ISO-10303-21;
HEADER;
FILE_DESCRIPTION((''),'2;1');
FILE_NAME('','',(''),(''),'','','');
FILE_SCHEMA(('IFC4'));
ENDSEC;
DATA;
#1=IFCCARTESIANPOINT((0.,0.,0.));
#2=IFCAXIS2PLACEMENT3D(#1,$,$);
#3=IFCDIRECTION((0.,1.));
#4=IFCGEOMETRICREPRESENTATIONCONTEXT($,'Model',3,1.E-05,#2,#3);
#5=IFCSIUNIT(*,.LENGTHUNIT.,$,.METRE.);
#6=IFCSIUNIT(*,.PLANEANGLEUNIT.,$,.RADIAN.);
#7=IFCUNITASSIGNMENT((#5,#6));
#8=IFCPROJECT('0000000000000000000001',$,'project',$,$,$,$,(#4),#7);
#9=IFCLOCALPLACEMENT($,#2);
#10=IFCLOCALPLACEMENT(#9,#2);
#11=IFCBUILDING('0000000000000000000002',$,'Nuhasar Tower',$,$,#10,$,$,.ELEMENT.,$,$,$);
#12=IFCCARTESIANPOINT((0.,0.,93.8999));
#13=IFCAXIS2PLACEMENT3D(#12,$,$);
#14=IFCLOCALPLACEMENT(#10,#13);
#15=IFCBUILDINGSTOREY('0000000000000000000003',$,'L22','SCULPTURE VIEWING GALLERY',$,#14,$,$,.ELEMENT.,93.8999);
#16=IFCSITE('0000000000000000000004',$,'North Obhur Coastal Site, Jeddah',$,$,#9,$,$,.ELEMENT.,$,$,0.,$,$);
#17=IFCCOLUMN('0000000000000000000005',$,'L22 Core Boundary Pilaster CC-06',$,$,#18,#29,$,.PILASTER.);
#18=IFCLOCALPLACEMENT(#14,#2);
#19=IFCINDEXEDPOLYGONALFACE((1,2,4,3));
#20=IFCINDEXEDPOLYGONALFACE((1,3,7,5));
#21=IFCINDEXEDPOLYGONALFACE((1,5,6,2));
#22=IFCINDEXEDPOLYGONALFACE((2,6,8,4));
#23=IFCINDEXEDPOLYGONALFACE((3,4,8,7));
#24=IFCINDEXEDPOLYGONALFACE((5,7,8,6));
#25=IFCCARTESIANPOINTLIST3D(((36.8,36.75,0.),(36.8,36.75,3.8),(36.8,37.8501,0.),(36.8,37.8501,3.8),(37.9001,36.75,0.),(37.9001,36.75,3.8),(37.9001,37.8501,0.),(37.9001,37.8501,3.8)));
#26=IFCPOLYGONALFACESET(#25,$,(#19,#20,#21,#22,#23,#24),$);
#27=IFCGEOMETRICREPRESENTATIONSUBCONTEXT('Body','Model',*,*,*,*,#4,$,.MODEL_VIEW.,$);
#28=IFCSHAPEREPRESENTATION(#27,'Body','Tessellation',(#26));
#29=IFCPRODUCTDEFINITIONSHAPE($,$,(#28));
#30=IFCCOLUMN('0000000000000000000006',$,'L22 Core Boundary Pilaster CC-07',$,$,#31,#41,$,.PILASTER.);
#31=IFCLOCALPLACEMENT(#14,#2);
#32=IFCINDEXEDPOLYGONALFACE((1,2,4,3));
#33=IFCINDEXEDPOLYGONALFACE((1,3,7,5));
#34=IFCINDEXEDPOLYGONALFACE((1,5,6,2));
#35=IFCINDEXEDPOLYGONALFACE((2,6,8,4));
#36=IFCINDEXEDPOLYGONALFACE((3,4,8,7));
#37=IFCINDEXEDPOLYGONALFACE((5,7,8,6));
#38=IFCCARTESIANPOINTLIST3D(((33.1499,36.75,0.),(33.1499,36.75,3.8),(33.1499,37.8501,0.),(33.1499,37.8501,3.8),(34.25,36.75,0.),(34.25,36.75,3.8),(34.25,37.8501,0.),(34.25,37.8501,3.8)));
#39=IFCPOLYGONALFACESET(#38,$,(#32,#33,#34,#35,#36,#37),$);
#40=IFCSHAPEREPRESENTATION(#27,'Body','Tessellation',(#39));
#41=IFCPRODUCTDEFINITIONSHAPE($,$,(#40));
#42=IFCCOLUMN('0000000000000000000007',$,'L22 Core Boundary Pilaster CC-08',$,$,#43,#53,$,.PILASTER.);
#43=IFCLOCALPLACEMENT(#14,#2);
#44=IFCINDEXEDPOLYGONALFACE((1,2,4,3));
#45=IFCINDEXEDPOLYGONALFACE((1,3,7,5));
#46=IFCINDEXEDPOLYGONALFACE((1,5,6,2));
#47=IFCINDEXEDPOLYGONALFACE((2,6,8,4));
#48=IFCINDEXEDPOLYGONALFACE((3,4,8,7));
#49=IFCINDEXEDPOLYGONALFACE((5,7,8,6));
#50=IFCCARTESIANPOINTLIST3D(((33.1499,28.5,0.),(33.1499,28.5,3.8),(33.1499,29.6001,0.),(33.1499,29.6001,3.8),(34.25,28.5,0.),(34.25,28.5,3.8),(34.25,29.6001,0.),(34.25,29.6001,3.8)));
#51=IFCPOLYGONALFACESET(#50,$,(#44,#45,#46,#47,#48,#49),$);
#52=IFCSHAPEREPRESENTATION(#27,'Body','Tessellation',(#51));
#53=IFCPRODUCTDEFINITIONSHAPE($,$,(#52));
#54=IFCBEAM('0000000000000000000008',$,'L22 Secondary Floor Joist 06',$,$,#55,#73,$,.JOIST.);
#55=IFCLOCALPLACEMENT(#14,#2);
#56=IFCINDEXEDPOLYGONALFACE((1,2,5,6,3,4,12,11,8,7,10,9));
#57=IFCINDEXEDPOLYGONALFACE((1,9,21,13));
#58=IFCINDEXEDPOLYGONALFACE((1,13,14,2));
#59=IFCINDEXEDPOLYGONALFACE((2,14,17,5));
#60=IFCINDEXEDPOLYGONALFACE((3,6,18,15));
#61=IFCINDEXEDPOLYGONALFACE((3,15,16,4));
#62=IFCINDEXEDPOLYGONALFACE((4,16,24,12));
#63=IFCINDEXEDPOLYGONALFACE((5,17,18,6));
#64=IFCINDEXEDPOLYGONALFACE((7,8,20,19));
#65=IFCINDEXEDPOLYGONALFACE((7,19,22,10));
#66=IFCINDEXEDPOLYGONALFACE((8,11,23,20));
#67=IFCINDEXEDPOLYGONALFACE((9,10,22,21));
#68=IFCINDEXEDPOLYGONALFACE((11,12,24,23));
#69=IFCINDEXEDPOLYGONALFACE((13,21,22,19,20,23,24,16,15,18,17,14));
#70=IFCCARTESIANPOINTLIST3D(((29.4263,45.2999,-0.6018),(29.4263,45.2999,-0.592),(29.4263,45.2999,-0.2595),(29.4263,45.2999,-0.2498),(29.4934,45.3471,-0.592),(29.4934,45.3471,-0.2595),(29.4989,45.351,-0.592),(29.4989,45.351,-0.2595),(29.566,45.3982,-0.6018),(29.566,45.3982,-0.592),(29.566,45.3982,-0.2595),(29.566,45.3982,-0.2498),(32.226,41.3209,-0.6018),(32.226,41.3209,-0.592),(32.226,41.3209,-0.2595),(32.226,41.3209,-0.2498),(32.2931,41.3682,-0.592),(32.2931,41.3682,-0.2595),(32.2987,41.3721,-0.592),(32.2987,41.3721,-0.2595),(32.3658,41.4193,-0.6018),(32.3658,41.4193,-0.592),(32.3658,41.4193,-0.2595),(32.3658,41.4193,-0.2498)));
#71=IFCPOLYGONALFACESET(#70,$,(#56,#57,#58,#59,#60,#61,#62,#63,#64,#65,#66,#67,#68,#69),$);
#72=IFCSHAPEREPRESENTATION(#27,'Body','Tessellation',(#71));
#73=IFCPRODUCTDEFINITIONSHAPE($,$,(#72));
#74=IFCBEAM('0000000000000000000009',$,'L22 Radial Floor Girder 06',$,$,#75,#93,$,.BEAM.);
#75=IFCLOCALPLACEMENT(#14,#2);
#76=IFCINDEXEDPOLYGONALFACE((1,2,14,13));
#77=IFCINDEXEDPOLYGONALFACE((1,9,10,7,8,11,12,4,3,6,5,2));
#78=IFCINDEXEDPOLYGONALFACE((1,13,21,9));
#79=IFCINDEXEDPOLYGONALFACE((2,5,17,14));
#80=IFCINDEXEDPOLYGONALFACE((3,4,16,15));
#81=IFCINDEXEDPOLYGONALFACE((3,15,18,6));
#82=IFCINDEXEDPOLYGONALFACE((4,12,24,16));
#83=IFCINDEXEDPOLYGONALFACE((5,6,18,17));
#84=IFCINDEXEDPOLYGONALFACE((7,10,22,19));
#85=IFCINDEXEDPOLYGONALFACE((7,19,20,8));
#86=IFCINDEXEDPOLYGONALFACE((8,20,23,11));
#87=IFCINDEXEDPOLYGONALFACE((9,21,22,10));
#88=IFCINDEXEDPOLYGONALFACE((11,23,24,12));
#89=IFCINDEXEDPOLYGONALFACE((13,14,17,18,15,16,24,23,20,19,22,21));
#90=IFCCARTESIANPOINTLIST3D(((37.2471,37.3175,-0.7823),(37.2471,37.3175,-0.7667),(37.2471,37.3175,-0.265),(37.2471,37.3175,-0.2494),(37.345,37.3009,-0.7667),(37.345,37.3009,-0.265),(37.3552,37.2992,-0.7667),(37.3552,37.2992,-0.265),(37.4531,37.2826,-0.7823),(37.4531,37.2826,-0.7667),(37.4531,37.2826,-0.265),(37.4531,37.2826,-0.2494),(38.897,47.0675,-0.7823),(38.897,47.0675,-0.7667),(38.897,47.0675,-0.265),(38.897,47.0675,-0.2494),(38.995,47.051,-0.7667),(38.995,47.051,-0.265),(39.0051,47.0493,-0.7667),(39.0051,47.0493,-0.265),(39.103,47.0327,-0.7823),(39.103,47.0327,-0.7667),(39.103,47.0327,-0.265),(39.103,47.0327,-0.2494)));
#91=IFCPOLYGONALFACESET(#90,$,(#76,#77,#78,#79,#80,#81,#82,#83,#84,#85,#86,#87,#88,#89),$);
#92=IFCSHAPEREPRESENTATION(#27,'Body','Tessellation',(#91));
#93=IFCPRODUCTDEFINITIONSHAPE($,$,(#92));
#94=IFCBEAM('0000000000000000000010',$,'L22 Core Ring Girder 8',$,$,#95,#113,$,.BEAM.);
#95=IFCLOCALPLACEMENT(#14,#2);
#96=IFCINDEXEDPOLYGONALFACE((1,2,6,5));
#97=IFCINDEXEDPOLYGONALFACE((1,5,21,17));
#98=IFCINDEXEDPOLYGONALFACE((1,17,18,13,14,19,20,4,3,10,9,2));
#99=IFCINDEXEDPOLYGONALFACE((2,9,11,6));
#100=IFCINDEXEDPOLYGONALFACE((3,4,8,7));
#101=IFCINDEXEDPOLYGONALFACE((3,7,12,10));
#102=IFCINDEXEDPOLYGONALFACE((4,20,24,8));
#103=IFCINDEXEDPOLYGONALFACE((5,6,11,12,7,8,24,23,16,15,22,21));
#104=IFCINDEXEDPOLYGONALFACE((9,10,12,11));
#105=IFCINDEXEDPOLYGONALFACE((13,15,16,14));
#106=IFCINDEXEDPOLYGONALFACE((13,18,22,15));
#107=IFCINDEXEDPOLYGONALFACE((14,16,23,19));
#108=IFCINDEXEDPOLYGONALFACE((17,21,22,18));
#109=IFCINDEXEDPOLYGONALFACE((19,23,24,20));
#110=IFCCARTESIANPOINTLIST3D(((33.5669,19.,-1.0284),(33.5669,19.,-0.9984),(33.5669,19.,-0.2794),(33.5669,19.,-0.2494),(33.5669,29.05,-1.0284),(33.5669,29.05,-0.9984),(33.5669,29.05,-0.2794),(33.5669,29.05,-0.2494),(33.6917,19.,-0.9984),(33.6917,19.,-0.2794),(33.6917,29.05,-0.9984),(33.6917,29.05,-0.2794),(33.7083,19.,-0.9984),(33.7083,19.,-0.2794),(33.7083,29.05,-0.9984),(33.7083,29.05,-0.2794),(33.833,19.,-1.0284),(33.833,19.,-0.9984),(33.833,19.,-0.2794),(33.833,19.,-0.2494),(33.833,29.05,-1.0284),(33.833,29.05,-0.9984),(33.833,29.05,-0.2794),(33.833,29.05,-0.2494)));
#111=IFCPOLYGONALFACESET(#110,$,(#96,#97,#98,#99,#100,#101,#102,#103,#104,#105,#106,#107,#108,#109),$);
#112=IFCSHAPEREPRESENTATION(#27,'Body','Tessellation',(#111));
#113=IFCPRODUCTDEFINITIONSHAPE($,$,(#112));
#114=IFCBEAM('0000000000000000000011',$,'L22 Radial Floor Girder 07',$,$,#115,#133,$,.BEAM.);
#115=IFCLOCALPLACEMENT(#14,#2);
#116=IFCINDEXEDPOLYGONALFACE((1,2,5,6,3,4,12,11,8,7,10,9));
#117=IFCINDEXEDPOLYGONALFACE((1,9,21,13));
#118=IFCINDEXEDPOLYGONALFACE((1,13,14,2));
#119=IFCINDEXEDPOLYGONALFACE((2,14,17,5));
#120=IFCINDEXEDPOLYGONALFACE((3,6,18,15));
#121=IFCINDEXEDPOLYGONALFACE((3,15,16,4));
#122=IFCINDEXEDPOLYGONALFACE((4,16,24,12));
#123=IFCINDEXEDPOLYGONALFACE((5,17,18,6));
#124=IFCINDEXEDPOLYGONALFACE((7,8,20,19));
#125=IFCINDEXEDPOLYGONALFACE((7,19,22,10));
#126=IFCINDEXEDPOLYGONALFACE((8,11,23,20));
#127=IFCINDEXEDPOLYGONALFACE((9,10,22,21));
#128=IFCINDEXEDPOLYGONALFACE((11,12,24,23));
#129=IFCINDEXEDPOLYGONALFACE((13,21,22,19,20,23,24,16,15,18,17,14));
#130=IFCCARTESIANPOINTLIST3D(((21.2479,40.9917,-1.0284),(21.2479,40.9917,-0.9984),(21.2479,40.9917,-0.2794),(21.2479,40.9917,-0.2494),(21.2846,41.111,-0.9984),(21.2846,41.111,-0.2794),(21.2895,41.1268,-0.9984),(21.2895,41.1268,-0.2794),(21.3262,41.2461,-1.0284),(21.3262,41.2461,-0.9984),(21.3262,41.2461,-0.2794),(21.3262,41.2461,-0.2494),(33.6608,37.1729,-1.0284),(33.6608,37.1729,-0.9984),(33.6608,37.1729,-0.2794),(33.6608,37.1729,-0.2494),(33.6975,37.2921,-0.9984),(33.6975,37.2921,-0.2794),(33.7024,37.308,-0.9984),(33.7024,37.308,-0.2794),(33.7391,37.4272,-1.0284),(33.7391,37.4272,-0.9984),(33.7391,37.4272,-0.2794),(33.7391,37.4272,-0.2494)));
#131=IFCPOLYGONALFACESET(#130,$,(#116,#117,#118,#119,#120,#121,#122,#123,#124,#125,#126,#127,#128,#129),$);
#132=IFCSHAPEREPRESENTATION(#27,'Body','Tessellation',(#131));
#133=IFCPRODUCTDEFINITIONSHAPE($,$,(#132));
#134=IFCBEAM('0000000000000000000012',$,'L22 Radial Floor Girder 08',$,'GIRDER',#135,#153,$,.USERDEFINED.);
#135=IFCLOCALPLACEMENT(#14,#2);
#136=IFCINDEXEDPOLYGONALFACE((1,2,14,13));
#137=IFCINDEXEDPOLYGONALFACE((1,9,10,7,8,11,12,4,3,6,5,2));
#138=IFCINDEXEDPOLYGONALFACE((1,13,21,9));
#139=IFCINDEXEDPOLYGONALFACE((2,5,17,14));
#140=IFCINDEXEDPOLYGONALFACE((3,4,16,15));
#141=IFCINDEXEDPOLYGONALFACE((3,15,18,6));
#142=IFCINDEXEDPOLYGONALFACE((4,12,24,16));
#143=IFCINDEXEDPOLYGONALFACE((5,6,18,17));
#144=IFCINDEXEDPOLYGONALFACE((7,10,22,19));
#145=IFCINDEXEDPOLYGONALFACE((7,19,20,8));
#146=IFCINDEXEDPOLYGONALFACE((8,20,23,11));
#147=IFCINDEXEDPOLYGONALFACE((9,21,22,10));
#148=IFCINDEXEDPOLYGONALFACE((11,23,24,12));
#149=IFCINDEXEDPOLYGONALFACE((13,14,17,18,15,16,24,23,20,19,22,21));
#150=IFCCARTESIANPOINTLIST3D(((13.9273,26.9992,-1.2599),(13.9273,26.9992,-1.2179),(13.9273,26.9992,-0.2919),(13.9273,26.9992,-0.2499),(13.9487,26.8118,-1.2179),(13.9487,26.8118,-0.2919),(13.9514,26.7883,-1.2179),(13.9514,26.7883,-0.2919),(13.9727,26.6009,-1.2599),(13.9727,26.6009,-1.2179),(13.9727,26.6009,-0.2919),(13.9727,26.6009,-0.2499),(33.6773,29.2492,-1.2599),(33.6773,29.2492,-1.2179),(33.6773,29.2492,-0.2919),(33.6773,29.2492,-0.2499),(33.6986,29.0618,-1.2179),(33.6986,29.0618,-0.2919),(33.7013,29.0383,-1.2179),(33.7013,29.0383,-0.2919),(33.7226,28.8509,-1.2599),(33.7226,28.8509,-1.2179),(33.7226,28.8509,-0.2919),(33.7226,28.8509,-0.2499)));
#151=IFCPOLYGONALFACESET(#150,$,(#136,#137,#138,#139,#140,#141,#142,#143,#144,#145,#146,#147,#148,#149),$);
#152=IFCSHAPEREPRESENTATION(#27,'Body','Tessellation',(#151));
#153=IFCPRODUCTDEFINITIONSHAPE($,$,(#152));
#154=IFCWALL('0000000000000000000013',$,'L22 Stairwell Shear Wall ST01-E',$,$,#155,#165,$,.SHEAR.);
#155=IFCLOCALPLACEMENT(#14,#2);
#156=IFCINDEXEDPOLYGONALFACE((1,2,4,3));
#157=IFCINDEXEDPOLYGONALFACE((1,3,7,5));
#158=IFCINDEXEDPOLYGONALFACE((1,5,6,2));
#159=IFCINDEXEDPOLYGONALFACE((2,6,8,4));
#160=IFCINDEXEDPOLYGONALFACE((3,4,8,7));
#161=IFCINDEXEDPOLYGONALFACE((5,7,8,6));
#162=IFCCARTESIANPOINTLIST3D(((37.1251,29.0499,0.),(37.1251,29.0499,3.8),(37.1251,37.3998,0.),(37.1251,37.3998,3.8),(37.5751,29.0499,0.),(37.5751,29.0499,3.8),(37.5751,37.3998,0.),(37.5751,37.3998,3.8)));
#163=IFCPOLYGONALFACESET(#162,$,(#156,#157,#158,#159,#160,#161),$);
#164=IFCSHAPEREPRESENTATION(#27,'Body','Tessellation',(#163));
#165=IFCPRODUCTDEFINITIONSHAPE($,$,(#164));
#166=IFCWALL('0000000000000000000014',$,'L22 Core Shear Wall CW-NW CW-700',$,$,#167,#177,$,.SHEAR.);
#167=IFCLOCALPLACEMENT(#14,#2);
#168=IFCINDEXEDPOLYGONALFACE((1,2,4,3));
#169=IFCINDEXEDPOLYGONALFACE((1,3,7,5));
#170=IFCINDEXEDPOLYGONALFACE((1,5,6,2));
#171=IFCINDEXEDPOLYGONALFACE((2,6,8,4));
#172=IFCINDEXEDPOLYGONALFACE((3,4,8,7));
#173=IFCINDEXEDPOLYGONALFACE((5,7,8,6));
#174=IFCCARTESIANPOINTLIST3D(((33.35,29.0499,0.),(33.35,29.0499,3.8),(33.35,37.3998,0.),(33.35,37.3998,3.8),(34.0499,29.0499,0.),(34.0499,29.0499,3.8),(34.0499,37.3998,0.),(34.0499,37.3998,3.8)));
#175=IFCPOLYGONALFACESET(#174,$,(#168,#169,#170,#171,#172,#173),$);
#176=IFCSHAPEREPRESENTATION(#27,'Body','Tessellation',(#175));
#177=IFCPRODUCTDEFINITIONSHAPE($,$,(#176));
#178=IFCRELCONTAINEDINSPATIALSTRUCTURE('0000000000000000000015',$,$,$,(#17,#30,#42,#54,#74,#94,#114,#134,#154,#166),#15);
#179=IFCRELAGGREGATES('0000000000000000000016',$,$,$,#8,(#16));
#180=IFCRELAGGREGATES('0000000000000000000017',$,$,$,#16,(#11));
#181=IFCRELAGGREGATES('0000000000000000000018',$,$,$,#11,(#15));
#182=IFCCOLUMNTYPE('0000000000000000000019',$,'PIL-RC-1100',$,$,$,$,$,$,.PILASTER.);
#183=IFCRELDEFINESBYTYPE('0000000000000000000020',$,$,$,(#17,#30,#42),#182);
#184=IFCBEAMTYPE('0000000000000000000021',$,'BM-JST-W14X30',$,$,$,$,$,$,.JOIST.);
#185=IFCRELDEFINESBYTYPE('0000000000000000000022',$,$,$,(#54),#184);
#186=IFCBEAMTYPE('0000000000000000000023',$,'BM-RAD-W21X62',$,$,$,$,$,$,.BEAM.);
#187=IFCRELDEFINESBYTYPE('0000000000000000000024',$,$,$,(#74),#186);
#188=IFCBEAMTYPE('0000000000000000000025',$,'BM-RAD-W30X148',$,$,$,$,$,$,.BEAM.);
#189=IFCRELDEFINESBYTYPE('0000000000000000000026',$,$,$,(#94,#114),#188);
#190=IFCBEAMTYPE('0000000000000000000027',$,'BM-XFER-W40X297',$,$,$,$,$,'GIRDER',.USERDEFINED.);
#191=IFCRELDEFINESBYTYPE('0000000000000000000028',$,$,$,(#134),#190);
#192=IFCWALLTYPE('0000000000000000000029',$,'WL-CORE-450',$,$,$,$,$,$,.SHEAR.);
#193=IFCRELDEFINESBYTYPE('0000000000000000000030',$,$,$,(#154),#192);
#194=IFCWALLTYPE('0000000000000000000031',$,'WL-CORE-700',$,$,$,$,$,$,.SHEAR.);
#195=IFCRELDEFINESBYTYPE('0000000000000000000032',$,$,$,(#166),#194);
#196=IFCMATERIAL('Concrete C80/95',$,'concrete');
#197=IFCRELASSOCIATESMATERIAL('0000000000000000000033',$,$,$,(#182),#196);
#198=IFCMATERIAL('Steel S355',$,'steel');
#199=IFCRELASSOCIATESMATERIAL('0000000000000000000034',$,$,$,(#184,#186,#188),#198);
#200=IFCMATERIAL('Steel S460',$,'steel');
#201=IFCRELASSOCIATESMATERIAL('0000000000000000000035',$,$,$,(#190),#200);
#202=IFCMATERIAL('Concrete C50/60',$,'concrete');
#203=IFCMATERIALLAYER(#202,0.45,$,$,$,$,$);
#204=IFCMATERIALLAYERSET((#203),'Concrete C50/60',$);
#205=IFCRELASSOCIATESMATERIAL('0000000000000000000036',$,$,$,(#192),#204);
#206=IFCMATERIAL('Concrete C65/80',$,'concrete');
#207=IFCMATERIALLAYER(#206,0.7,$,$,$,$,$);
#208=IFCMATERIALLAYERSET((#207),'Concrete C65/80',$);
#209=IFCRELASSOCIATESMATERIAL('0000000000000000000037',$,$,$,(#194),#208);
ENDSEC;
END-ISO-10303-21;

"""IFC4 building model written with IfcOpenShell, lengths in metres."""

from ifc_helpers import new_model, si_unit, direction, frame, frame_2d, origin, origin_2d, place, context, subcontext, project, spatial, rectangle, i_section, extrude, material, layer, layer_set, material_profile, profile_set, type_object, element, save


model = new_model("IFC4")

# Units and contexts
model_context = context("Model", 3, precision=1e-05, world=origin(), true_north=direction((0.0, 1.0)))
body_context = subcontext(model_context, "Body", "Model", "MODEL_VIEW")
ifc_project = project(units=[si_unit("LENGTHUNIT", "METRE"), si_unit("PLANEANGLEUNIT", "RADIAN")], contexts=[model_context])

# Site, building, storey
site_placement = place(None, origin())
site = spatial("IfcSite", under=ifc_project, at=site_placement, Name="North Obhur Coastal Site, Jeddah", CompositionType="ELEMENT", RefElevation=0.0)
building_placement = place(site_placement, origin())
building = spatial("IfcBuilding", under=site, at=building_placement, Name="Nuhasar Tower", CompositionType="ELEMENT")
storey_placement = place(building_placement, frame((0.0, 0.0, 93.8999)))
storey = spatial("IfcBuildingStorey", under=building, at=storey_placement, Name="L22", Description="SCULPTURE VIEWING GALLERY", CompositionType="ELEMENT", Elevation=93.8999)

# Columns
ifc_material_1 = material(Name="Concrete C80/95", Category="concrete")
ifc_material_profile_1 = material_profile(ifc_material_1, rectangle(XDim=1.1001, YDim=1.1001, at=origin_2d()), Name="RC1100X1100")
ifc_profile_set_1 = profile_set([ifc_material_profile_1], Name="Concrete C80/95")
column_type = type_object("IfcColumnType", Name="PIL-RC-1100", PredefinedType="PILASTER", material=ifc_profile_set_1)
for number, where, z_axis, x_axis, name in (
    (1, (37.3501, 37.3, 0.0), (0.0, 0.0, 1.0), (1.0, 0.0, 0.0), "L22 Core Boundary Pilaster CC-06"),
    (2, (33.7, 37.3, 0.0), (0.0, 0.0, 1.0), (1.0, 0.0, 0.0), "L22 Core Boundary Pilaster CC-07"),
    (3, (33.7, 29.05, 0.0), (0.0, 0.0, 1.0), (1.0, 0.0, 0.0), "L22 Core Boundary Pilaster CC-08"),
):
    element("IfcColumn", number, at=place(storey_placement, frame(where, z_axis=z_axis, x_axis=x_axis)), inside=storey, type_object=column_type, Name=name, PredefinedType="PILASTER", context=body_context, shape_type="SweptSolid", body=[
        extrude(rectangle(XDim=1.1001, YDim=1.1001, at=origin_2d()), origin(), (0.0, 0.0, 1.0), 3.8),
    ])

# Beams
ifc_material_2 = material(Name="Steel S355", Category="steel")
ifc_material_profile_2 = material_profile(ifc_material_2, i_section(OverallWidth=0.1709, OverallDepth=0.3521, WebThickness=0.0068, FlangeThickness=0.0098, at=origin_2d()), Name="W14X30")
ifc_profile_set_2 = profile_set([ifc_material_profile_2], Name="Steel S355")
beam_type_1 = type_object("IfcBeamType", Name="BM-JST-W14X30", PredefinedType="JOIST", material=ifc_profile_set_2)
beam_1_placement = place(storey_placement, frame((32.2959, 41.3701, -0.4258), z_axis=(-0.575461, 0.817829, 0.0), x_axis=(-0.817829, -0.575461, 0.0)))
element("IfcBeam", 4, at=beam_1_placement, inside=storey, type_object=beam_type_1, Name="L22 Secondary Floor Joist 06", PredefinedType="JOIST", context=body_context, shape_type="SweptSolid", body=[
    extrude(i_section(OverallWidth=0.1709, OverallDepth=0.3521, WebThickness=0.0068, FlangeThickness=0.0098, at=origin_2d()), origin(), (0.0, 0.0, 1.0), 4.8652),
])
ifc_material_profile_3 = material_profile(ifc_material_2, i_section(OverallWidth=0.209, OverallDepth=0.533, WebThickness=0.0103, FlangeThickness=0.0156, at=origin_2d()), Name="W21X62")
ifc_profile_set_3 = profile_set([ifc_material_profile_3], Name="Steel S355")
beam_type_2 = type_object("IfcBeamType", Name="BM-RAD-W21X62", PredefinedType="BEAM", material=ifc_profile_set_3)
beam_2_placement = place(storey_placement, frame((37.3501, 37.3, -0.5159), z_axis=(0.166849, 0.985983, 0.0), x_axis=(-0.985983, 0.166849, 0.0)))
element("IfcBeam", 5, at=beam_2_placement, inside=storey, type_object=beam_type_2, Name="L22 Radial Floor Girder 06", PredefinedType="BEAM", context=body_context, shape_type="SweptSolid", body=[
    extrude(i_section(OverallWidth=0.209, OverallDepth=0.533, WebThickness=0.0103, FlangeThickness=0.0156, at=origin_2d()), origin(), (0.0, 0.0, 1.0), 9.8887),
])
ifc_material_profile_4 = material_profile(ifc_material_2, i_section(OverallWidth=0.2661, OverallDepth=0.7791, WebThickness=0.0166, FlangeThickness=0.03, at=origin_2d()), Name="W30X148")
ifc_profile_set_4 = profile_set([ifc_material_profile_4], Name="Steel S355")
beam_type_3 = type_object("IfcBeamType", Name="BM-RAD-W30X148", PredefinedType="BEAM", material=ifc_profile_set_4)
beam_3_placement = place(storey_placement, frame((33.7, 29.05, -0.6389), z_axis=(0.0, -1.0, 0.0), x_axis=(1.0, 0.0, 0.0)))
element("IfcBeam", 6, at=beam_3_placement, inside=storey, type_object=beam_type_3, Name="L22 Core Ring Girder 8", PredefinedType="BEAM", context=body_context, shape_type="SweptSolid", body=[
    extrude(i_section(OverallWidth=0.2661, OverallDepth=0.7791, WebThickness=0.0166, FlangeThickness=0.03, at=origin_2d()), origin(), (0.0, 0.0, 1.0), 10.05),
])
beam_4_placement = place(storey_placement, frame((33.7, 37.3, -0.6389), z_axis=(-0.95579, 0.294052, 0.0), x_axis=(-0.294052, -0.95579, 0.0)))
element("IfcBeam", 7, at=beam_4_placement, inside=storey, type_object=beam_type_3, Name="L22 Radial Floor Girder 07", PredefinedType="BEAM", context=body_context, shape_type="SweptSolid", body=[
    extrude(i_section(OverallWidth=0.2661, OverallDepth=0.7791, WebThickness=0.0166, FlangeThickness=0.03, at=origin_2d()), origin(), (0.0, 0.0, 1.0), 12.9871),
])
ifc_material_3 = material(Name="Steel S460", Category="steel")
ifc_material_profile_5 = material_profile(ifc_material_3, i_section(OverallWidth=0.4009, OverallDepth=1.01, WebThickness=0.0237, FlangeThickness=0.042, at=origin_2d()), Name="W40X297")
ifc_profile_set_5 = profile_set([ifc_material_profile_5], Name="Steel S460")
beam_type_4 = type_object("IfcBeamType", Name="BM-XFER-W40X297", ElementType="GIRDER", PredefinedType="USERDEFINED", material=ifc_profile_set_5)
beam_5_placement = place(storey_placement, frame((33.7, 29.05, -0.7549), z_axis=(-0.993573, -0.113192, 0.0), x_axis=(0.113192, -0.993573, 0.0)))
element("IfcBeam", 8, at=beam_5_placement, inside=storey, type_object=beam_type_4, Name="L22 Radial Floor Girder 08", ObjectType="GIRDER", PredefinedType="USERDEFINED", context=body_context, shape_type="SweptSolid", body=[
    extrude(i_section(OverallWidth=0.4009, OverallDepth=1.01, WebThickness=0.0237, FlangeThickness=0.042, at=origin_2d()), origin(), (0.0, 0.0, 1.0), 19.8777),
])

# Shared definitions
ifc_material_4 = material(Name="Concrete C50/60", Category="concrete")
ifc_layer_1 = layer(ifc_material_4, 0.45)
ifc_layer_set_1 = layer_set([ifc_layer_1], Name="Concrete C50/60")
wall_type_1 = type_object("IfcWallType", Name="WL-CORE-450", PredefinedType="SHEAR", material=ifc_layer_set_1)

# Walls
wall_1_placement = place(storey_placement, frame((37.3501, 29.05, 0.0), z_axis=(0.0, 0.0, 1.0), x_axis=(0.0, 1.0, 0.0)))
element("IfcWall", 9, at=wall_1_placement, inside=storey, type_object=wall_type_1, Name="L22 Stairwell Shear Wall ST01-E", PredefinedType="SHEAR", context=body_context, shape_type="SweptSolid", body=[
    extrude(rectangle(XDim=8.3499, YDim=0.45, at=frame_2d((4.1748, 0.0))), origin(), (0.0, 0.0, 1.0), 3.8),
])
ifc_material_5 = material(Name="Concrete C65/80", Category="concrete")
ifc_layer_2 = layer(ifc_material_5, 0.7)
ifc_layer_set_2 = layer_set([ifc_layer_2], Name="Concrete C65/80")
wall_type_2 = type_object("IfcWallType", Name="WL-CORE-700", PredefinedType="SHEAR", material=ifc_layer_set_2)
wall_2_placement = place(storey_placement, frame((33.7, 29.05, 0.0), z_axis=(0.0, 0.0, 1.0), x_axis=(0.0, 1.0, 0.0)))
element("IfcWall", 10, at=wall_2_placement, inside=storey, type_object=wall_type_2, Name="L22 Core Shear Wall CW-NW CW-700", PredefinedType="SHEAR", context=body_context, shape_type="SweptSolid", body=[
    extrude(rectangle(XDim=8.3499, YDim=0.7, at=frame_2d((4.1748, 0.0))), origin(), (0.0, 0.0, 1.0), 3.8),
])

save(model, "model.ifc")
